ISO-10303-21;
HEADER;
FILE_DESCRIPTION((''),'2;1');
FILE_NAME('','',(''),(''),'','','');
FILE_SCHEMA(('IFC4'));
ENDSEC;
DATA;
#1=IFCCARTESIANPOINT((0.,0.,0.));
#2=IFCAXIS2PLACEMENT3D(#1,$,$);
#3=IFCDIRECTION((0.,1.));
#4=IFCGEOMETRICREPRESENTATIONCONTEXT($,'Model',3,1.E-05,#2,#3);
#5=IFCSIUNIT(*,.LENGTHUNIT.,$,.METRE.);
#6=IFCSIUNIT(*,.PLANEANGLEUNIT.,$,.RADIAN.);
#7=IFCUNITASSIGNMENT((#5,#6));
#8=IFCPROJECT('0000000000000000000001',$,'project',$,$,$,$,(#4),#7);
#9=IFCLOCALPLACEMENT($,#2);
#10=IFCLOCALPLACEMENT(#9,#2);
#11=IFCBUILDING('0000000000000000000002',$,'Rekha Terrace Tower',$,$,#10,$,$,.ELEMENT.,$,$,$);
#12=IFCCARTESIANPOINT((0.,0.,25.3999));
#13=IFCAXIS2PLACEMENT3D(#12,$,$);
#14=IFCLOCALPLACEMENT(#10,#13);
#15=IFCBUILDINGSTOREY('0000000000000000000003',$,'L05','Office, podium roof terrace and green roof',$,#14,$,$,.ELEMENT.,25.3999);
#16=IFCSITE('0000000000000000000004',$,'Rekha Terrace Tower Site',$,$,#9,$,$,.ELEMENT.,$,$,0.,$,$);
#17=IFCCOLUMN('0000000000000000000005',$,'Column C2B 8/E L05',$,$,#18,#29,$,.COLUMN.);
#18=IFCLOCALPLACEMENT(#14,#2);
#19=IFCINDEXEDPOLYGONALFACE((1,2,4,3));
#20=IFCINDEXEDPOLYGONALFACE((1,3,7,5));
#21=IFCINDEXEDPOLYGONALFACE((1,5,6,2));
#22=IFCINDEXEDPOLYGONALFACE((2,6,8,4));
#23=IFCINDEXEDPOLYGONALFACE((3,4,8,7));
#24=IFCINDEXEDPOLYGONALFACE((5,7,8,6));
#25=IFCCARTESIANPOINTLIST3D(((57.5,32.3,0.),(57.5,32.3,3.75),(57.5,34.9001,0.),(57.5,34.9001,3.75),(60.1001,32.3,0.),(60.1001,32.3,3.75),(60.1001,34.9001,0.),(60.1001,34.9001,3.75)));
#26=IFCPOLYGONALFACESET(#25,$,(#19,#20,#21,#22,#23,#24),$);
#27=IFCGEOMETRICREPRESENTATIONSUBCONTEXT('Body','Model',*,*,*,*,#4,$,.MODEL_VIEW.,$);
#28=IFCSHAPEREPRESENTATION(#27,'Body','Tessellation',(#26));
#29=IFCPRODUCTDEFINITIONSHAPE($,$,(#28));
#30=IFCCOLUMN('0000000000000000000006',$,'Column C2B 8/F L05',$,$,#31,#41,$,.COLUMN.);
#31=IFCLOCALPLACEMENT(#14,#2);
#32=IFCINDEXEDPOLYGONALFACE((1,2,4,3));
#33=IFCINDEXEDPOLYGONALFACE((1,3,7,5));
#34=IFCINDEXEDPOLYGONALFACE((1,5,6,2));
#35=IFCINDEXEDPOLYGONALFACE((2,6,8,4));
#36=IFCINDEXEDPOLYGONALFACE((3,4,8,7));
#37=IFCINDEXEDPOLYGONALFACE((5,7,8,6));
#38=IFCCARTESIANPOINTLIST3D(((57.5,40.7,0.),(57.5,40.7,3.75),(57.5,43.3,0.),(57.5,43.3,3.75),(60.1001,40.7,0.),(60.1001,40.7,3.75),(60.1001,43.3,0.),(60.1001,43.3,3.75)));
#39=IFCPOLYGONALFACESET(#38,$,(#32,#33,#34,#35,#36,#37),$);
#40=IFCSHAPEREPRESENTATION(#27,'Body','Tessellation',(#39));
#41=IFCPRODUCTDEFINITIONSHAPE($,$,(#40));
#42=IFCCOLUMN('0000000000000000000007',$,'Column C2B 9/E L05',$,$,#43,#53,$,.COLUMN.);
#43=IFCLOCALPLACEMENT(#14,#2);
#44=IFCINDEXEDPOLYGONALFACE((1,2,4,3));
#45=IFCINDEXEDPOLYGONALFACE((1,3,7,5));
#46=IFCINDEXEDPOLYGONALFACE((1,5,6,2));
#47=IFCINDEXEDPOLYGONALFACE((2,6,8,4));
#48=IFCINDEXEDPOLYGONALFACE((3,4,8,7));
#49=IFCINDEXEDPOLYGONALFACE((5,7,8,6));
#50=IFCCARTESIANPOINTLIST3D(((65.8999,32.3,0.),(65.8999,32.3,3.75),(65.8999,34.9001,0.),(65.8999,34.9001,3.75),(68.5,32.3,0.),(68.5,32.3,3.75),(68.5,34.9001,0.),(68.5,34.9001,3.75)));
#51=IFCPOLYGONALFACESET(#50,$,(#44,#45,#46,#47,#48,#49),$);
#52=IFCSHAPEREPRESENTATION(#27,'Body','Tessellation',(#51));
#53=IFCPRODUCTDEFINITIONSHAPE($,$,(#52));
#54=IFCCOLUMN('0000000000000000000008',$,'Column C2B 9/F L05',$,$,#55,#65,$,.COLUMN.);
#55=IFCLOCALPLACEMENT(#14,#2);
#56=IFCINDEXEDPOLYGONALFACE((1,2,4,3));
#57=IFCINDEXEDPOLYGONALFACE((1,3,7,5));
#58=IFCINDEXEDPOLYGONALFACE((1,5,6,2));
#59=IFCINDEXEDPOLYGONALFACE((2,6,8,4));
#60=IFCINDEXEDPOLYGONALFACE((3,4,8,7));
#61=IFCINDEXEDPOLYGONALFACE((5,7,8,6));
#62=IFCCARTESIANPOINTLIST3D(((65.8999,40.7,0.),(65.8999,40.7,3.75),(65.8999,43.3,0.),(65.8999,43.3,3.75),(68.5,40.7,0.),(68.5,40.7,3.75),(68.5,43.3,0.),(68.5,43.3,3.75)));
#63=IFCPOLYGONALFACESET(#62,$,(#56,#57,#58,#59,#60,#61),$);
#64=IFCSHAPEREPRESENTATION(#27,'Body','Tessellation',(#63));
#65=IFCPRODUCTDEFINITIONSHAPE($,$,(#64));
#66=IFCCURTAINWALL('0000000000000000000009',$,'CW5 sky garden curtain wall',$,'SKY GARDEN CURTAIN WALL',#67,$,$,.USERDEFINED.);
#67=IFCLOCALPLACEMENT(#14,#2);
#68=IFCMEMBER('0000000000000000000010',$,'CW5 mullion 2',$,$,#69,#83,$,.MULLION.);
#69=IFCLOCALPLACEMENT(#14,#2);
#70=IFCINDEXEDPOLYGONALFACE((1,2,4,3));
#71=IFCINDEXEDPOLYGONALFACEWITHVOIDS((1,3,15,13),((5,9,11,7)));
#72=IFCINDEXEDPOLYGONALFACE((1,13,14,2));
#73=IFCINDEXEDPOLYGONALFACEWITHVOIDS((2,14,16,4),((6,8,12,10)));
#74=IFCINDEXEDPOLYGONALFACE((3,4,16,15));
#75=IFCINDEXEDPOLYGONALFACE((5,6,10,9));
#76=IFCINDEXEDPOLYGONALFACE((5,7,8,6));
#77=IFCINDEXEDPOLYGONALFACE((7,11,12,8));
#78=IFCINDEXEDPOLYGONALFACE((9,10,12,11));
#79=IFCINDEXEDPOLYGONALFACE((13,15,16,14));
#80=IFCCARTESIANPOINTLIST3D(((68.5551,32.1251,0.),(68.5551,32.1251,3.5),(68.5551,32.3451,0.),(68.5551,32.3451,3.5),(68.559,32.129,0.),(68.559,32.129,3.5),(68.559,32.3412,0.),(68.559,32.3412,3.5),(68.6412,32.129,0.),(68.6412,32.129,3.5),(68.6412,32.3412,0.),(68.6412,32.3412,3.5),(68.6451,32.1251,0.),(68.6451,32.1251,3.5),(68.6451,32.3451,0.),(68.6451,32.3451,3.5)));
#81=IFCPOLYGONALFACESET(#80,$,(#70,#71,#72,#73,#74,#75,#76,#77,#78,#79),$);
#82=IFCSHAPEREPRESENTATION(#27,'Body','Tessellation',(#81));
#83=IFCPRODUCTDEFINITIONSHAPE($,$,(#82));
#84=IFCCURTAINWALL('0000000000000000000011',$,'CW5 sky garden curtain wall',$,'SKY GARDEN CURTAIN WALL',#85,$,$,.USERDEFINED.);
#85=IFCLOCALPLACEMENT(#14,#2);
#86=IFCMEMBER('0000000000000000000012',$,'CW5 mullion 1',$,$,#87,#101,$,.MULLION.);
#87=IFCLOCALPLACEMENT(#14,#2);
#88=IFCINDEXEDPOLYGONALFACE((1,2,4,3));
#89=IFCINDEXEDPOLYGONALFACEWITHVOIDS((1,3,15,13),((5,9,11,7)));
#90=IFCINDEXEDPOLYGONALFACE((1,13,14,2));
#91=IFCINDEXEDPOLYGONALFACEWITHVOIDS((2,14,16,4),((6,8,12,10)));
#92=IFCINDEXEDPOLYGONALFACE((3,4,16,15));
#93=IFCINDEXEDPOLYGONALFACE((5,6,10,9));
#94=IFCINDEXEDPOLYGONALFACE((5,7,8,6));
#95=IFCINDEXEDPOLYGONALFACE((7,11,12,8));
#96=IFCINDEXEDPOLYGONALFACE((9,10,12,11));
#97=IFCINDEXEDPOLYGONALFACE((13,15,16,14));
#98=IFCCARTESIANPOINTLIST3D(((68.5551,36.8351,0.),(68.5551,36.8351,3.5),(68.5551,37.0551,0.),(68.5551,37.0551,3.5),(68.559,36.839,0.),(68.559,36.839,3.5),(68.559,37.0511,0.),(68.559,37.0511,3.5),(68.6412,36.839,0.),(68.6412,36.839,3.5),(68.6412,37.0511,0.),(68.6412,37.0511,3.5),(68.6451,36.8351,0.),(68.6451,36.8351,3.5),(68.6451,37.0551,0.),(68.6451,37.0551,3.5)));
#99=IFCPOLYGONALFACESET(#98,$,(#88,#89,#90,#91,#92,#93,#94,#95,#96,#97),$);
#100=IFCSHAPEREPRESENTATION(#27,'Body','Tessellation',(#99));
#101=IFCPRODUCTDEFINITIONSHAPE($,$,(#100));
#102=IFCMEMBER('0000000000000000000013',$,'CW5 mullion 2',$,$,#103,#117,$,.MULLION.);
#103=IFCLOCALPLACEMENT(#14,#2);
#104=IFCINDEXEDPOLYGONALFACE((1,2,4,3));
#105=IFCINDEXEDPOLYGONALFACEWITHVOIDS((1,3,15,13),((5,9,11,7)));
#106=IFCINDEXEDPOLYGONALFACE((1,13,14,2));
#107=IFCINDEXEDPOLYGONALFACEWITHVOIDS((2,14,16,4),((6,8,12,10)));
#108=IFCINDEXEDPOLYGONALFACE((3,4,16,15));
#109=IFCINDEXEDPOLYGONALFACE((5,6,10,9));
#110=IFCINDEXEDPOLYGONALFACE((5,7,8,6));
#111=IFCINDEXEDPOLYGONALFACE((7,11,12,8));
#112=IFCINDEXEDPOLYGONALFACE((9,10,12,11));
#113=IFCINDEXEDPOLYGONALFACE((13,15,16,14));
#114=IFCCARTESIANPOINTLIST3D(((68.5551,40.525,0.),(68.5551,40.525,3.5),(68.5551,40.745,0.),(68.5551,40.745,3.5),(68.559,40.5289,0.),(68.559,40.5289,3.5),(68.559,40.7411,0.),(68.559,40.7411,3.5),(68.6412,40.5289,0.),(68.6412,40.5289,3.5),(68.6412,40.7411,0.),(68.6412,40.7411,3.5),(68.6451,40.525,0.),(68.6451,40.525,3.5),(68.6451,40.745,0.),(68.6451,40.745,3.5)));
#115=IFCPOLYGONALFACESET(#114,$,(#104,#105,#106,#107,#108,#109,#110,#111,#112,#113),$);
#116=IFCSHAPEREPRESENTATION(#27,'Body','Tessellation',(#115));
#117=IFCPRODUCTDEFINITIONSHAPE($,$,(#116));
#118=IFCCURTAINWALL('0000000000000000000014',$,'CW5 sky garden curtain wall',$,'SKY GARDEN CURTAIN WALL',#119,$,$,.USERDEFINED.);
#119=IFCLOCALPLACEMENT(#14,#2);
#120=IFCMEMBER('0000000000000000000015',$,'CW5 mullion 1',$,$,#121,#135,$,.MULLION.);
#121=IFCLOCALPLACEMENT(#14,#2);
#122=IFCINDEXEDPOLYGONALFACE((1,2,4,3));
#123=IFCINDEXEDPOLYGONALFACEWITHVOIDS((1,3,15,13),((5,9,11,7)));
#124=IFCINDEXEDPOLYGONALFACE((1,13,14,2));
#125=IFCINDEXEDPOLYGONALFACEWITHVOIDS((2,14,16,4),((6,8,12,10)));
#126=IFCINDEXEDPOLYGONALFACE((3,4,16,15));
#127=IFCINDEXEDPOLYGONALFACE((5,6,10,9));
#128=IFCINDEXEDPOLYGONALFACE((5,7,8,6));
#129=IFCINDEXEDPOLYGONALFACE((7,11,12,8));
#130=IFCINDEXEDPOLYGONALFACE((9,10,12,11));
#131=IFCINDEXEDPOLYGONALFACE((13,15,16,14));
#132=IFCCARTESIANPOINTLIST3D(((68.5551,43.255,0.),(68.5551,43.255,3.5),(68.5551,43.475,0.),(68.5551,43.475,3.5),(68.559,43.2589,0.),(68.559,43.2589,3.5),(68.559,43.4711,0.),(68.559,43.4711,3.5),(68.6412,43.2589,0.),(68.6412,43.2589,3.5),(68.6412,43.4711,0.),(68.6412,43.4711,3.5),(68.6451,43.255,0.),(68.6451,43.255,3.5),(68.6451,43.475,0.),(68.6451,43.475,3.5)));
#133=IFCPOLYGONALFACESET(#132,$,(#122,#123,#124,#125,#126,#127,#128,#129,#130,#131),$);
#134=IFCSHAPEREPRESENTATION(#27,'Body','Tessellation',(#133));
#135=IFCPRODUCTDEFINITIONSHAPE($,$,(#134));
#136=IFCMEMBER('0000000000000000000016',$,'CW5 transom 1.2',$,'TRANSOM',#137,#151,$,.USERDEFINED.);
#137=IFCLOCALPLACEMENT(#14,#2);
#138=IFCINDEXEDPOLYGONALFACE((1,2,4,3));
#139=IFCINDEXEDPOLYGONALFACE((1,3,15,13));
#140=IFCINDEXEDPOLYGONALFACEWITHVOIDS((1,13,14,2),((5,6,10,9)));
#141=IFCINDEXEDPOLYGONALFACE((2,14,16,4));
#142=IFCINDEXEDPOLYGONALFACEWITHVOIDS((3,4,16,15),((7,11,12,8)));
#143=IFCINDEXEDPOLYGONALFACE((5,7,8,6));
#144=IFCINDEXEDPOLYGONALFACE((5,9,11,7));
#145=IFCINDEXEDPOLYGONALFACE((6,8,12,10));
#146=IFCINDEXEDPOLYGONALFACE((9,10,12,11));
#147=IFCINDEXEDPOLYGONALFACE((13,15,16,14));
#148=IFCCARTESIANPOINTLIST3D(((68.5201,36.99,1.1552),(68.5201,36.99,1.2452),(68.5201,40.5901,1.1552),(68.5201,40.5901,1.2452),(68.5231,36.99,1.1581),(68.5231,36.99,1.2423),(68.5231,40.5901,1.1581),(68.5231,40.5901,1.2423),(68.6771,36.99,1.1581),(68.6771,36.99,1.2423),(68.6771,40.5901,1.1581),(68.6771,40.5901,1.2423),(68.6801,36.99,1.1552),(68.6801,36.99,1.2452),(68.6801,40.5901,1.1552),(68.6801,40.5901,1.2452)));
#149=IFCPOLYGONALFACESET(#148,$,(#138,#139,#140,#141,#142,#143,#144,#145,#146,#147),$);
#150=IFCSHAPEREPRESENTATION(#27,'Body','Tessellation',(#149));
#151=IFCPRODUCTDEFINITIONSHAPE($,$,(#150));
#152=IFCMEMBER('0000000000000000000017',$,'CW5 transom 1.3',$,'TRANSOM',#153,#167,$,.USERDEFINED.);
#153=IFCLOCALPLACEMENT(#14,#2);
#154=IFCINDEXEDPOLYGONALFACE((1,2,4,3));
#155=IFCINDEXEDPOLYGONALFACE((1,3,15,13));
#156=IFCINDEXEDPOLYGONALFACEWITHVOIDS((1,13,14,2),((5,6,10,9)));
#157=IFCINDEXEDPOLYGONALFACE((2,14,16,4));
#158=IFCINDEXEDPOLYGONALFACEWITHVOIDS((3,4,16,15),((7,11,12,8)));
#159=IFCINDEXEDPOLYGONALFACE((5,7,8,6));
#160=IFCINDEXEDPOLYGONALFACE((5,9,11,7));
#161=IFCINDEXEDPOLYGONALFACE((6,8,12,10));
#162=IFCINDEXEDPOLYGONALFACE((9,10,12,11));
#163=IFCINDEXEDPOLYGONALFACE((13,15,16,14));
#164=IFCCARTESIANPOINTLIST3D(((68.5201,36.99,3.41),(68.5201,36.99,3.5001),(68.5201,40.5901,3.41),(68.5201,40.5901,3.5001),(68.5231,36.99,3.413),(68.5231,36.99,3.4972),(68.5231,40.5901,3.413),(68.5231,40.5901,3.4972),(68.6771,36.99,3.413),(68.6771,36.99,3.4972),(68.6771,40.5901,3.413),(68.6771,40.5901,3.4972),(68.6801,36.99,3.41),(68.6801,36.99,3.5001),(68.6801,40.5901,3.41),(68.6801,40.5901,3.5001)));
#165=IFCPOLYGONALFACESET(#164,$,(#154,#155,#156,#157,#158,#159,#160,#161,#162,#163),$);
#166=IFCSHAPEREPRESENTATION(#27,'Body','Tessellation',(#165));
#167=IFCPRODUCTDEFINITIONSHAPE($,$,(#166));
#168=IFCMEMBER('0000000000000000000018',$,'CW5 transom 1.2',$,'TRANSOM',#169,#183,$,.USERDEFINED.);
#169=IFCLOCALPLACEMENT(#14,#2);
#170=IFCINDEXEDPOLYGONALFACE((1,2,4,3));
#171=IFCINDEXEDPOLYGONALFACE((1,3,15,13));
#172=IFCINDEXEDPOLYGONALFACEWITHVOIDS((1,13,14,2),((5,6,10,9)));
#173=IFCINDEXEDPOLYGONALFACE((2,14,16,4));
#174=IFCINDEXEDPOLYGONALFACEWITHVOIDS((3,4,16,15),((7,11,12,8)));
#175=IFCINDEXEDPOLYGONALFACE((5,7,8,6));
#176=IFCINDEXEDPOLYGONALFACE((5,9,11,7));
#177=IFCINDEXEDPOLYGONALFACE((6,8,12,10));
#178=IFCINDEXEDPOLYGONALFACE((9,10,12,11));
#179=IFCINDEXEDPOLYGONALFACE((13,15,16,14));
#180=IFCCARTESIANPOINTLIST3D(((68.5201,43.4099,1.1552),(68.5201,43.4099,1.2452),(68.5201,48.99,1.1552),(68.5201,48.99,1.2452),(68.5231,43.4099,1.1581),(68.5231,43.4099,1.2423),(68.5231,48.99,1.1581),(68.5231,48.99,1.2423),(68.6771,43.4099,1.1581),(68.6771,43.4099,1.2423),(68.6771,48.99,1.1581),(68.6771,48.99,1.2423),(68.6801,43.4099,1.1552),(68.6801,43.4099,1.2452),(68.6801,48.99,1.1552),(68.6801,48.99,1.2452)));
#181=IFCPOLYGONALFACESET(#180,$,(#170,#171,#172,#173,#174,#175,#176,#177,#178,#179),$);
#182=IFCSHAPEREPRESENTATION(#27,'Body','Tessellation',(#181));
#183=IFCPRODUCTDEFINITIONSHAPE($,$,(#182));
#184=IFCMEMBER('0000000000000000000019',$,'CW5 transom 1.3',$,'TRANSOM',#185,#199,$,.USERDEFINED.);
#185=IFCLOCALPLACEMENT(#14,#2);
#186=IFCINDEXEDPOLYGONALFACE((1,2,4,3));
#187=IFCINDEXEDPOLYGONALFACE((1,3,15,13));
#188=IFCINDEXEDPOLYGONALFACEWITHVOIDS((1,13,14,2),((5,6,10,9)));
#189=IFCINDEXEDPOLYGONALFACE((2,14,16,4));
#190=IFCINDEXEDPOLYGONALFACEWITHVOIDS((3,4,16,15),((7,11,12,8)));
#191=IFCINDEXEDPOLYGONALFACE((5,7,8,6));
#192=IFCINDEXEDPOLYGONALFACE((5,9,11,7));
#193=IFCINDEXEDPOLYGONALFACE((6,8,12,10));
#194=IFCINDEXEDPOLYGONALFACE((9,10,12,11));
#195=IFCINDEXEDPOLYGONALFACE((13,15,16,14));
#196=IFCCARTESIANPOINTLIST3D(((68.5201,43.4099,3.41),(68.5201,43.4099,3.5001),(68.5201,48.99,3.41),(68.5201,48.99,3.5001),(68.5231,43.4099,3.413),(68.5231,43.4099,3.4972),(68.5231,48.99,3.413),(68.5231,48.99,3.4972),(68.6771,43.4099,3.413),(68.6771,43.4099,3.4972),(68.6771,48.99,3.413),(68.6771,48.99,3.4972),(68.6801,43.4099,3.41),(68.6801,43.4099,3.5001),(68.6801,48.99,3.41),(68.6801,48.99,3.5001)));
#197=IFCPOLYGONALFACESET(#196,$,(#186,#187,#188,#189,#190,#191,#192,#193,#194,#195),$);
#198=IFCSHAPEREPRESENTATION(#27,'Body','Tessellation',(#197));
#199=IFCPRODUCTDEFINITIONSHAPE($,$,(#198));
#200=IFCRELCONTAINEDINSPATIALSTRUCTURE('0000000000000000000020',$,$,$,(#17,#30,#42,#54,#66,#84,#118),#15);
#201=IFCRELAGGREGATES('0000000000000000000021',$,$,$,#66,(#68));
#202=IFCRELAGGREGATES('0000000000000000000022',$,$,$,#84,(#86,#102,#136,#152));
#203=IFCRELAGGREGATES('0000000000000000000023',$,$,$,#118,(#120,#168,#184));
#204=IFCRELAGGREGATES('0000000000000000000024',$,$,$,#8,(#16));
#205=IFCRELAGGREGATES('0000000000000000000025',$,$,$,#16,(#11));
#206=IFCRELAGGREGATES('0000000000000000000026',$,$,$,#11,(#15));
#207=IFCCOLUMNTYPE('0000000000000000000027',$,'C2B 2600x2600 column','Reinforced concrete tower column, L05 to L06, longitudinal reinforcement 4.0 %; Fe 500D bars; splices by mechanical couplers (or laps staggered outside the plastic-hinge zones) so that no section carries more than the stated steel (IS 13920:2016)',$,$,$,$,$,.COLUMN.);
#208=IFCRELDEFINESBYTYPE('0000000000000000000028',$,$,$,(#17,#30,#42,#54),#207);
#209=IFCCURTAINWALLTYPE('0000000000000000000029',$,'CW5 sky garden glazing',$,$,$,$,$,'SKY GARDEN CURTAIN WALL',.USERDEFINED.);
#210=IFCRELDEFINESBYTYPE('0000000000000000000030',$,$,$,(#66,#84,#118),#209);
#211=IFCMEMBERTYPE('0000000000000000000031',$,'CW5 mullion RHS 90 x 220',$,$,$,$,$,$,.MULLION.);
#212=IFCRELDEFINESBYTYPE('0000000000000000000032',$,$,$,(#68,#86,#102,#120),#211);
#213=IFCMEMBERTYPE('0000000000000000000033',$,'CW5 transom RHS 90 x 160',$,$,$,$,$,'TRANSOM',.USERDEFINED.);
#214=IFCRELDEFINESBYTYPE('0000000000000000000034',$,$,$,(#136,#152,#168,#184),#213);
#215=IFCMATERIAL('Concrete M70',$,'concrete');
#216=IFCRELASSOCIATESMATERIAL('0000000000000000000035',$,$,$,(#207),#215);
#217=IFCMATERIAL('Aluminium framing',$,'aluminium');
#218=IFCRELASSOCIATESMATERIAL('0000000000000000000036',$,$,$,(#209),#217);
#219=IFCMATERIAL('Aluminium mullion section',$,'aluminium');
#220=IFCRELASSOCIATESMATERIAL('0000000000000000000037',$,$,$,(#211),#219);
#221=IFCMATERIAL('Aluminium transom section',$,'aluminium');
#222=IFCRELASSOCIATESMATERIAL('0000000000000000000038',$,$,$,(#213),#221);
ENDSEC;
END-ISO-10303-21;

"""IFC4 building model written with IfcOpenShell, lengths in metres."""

from ifc_helpers import new_model, si_unit, direction, frame, origin, origin_2d, place, context, subcontext, project, spatial, rectangle, hollow_rectangle, extrude, material, material_profile, profile_set, type_object, element, aggregate, save


model = new_model("IFC4")

# Units and contexts
model_context = context("Model", 3, precision=1e-05, world=origin(), true_north=direction((0.0, 1.0)))
body_context = subcontext(model_context, "Body", "Model", "MODEL_VIEW")
ifc_project = project(units=[si_unit("LENGTHUNIT", "METRE"), si_unit("PLANEANGLEUNIT", "RADIAN")], contexts=[model_context])

# Site, building, storey
site_placement = place(None, origin())
site = spatial("IfcSite", under=ifc_project, at=site_placement, Name="Rekha Terrace Tower Site", CompositionType="ELEMENT", RefElevation=0.0)
building_placement = place(site_placement, origin())
building = spatial("IfcBuilding", under=site, at=building_placement, Name="Rekha Terrace Tower", CompositionType="ELEMENT")
storey_placement = place(building_placement, frame((0.0, 0.0, 25.3999)))
storey = spatial("IfcBuildingStorey", under=building, at=storey_placement, Name="L05", Description="Office, podium roof terrace and green roof", CompositionType="ELEMENT", Elevation=25.3999)

# Columns
ifc_material_1 = material(Name="Concrete M70", Category="concrete")
ifc_material_profile_1 = material_profile(ifc_material_1, rectangle(XDim=2.6001, YDim=2.6001, at=origin_2d()), Name="RC 2600x2600")
ifc_profile_set_1 = profile_set([ifc_material_profile_1], Name="Concrete M70")
column_type = type_object("IfcColumnType", Name="C2B 2600x2600 column", Description="Reinforced concrete tower column, L05 to L06, longitudinal reinforcement 4.0 %; Fe 500D bars; splices by mechanical couplers (or laps staggered outside the plastic-hinge zones) so that no section carries more than the stated steel (IS 13920:2016)", PredefinedType="COLUMN", material=ifc_profile_set_1)
for number, where, z_axis, x_axis, name in (
    (1, (58.8, 33.6001, 0.0), (0.0, 0.0, 1.0), (1.0, 0.0, 0.0), "Column C2B 8/E L05"),
    (2, (58.8, 42.0, 0.0), (0.0, 0.0, 1.0), (1.0, 0.0, 0.0), "Column C2B 8/F L05"),
    (3, (67.2, 33.6001, 0.0), (0.0, 0.0, 1.0), (1.0, 0.0, 0.0), "Column C2B 9/E L05"),
    (4, (67.2, 42.0, 0.0), (0.0, 0.0, 1.0), (1.0, 0.0, 0.0), "Column C2B 9/F L05"),
):
    element("IfcColumn", number, at=place(storey_placement, frame(where, z_axis=z_axis, x_axis=x_axis)), inside=storey, type_object=column_type, Name=name, PredefinedType="COLUMN", context=body_context, shape_type="SweptSolid", body=[
        extrude(rectangle(XDim=2.6001, YDim=2.6001, at=origin_2d()), origin(), (0.0, 0.0, 1.0), 3.75),
    ])

# Curtain wall, member
ifc_material_2 = material(Name="Aluminium framing", Category="aluminium")
curtain_wall_type = type_object("IfcCurtainWallType", Name="CW5 sky garden glazing", ElementType="SKY GARDEN CURTAIN WALL", PredefinedType="USERDEFINED", material=ifc_material_2)
curtain_wall_1_placement = place(storey_placement, origin())
curtain_wall_1 = element("IfcCurtainWall", 5, at=curtain_wall_1_placement, inside=storey, type_object=curtain_wall_type, Name="CW5 sky garden curtain wall", ObjectType="SKY GARDEN CURTAIN WALL", PredefinedType="USERDEFINED")
ifc_material_3 = material(Name="Aluminium mullion section", Category="aluminium")
ifc_material_profile_2 = material_profile(ifc_material_3, hollow_rectangle(XDim=0.0901, YDim=0.22, WallThickness=0.0039, at=origin_2d()), Name="AL RHS 90x220")
ifc_profile_set_2 = profile_set([ifc_material_profile_2], Name="Aluminium mullion section")
member_type_1 = type_object("IfcMemberType", Name="CW5 mullion RHS 90 x 220", PredefinedType="MULLION", material=ifc_profile_set_2)
member_1_placement = place(storey_placement, frame((68.6001, 32.2351, 0.0), z_axis=(0.0, 0.0, 1.0), x_axis=(-1.0, 0.0, 0.0)))
member_1 = element("IfcMember", 6, at=member_1_placement, type_object=member_type_1, Name="CW5 mullion 2", PredefinedType="MULLION", context=body_context, shape_type="SweptSolid", body=[
    extrude(hollow_rectangle(XDim=0.0901, YDim=0.22, WallThickness=0.0039, at=origin_2d()), origin(), (0.0, 0.0, 1.0), 3.5),
])

# Curtain wall, members
curtain_wall_2_placement = place(storey_placement, origin())
curtain_wall_2 = element("IfcCurtainWall", 7, at=curtain_wall_2_placement, inside=storey, type_object=curtain_wall_type, Name="CW5 sky garden curtain wall", ObjectType="SKY GARDEN CURTAIN WALL", PredefinedType="USERDEFINED")
member_2_placement = place(storey_placement, frame((68.6001, 36.9451, 0.0), z_axis=(0.0, 0.0, 1.0), x_axis=(-1.0, 0.0, 0.0)))
member_2 = element("IfcMember", 8, at=member_2_placement, type_object=member_type_1, Name="CW5 mullion 1", PredefinedType="MULLION", context=body_context, shape_type="SweptSolid", body=[
    extrude(hollow_rectangle(XDim=0.0901, YDim=0.22, WallThickness=0.0039, at=origin_2d()), origin(), (0.0, 0.0, 1.0), 3.5),
])
member_3_placement = place(storey_placement, frame((68.6001, 40.635, 0.0), z_axis=(0.0, 0.0, 1.0), x_axis=(-1.0, 0.0, 0.0)))
member_3 = element("IfcMember", 9, at=member_3_placement, type_object=member_type_1, Name="CW5 mullion 2", PredefinedType="MULLION", context=body_context, shape_type="SweptSolid", body=[
    extrude(hollow_rectangle(XDim=0.0901, YDim=0.22, WallThickness=0.0039, at=origin_2d()), origin(), (0.0, 0.0, 1.0), 3.5),
])

# Curtain wall, member
curtain_wall_3_placement = place(storey_placement, origin())
curtain_wall_3 = element("IfcCurtainWall", 10, at=curtain_wall_3_placement, inside=storey, type_object=curtain_wall_type, Name="CW5 sky garden curtain wall", ObjectType="SKY GARDEN CURTAIN WALL", PredefinedType="USERDEFINED")
member_4_placement = place(storey_placement, frame((68.6001, 43.365, 0.0), z_axis=(0.0, 0.0, 1.0), x_axis=(-1.0, 0.0, 0.0)))
member_4 = element("IfcMember", 11, at=member_4_placement, type_object=member_type_1, Name="CW5 mullion 1", PredefinedType="MULLION", context=body_context, shape_type="SweptSolid", body=[
    extrude(hollow_rectangle(XDim=0.0901, YDim=0.22, WallThickness=0.0039, at=origin_2d()), origin(), (0.0, 0.0, 1.0), 3.5),
])

# Members
ifc_material_4 = material(Name="Aluminium transom section", Category="aluminium")
ifc_material_profile_3 = material_profile(ifc_material_4, hollow_rectangle(XDim=0.1599, YDim=0.0901, WallThickness=0.0029, at=origin_2d()), Name="AL RHS 160x90")
ifc_profile_set_3 = profile_set([ifc_material_profile_3], Name="Aluminium transom section")
member_type_2 = type_object("IfcMemberType", Name="CW5 transom RHS 90 x 160", ElementType="TRANSOM", PredefinedType="USERDEFINED", material=ifc_profile_set_3)
member_5_placement = place(storey_placement, frame((68.6001, 36.99, 1.2002), z_axis=(0.0, 1.0, 0.0), x_axis=(-1.0, 0.0, 0.0)))
member_5 = element("IfcMember", 12, at=member_5_placement, type_object=member_type_2, Name="CW5 transom 1.2", ObjectType="TRANSOM", PredefinedType="USERDEFINED", context=body_context, shape_type="SweptSolid", body=[
    extrude(hollow_rectangle(XDim=0.1599, YDim=0.0901, WallThickness=0.0029, at=origin_2d()), origin(), (0.0, 0.0, 1.0), 3.6001),
])
member_6_placement = place(storey_placement, frame((68.6001, 36.99, 3.4551), z_axis=(0.0, 1.0, 0.0), x_axis=(-1.0, 0.0, 0.0)))
member_6 = element("IfcMember", 13, at=member_6_placement, type_object=member_type_2, Name="CW5 transom 1.3", ObjectType="TRANSOM", PredefinedType="USERDEFINED", context=body_context, shape_type="SweptSolid", body=[
    extrude(hollow_rectangle(XDim=0.1599, YDim=0.0901, WallThickness=0.0029, at=origin_2d()), origin(), (0.0, 0.0, 1.0), 3.6001),
])
member_7_placement = place(storey_placement, frame((68.6001, 43.4099, 1.2002), z_axis=(0.0, 1.0, 0.0), x_axis=(-1.0, 0.0, 0.0)))
member_7 = element("IfcMember", 14, at=member_7_placement, type_object=member_type_2, Name="CW5 transom 1.2", ObjectType="TRANSOM", PredefinedType="USERDEFINED", context=body_context, shape_type="SweptSolid", body=[
    extrude(hollow_rectangle(XDim=0.1599, YDim=0.0901, WallThickness=0.0029, at=origin_2d()), origin(), (0.0, 0.0, 1.0), 5.5801),
])
member_8_placement = place(storey_placement, frame((68.6001, 43.4099, 3.4551), z_axis=(0.0, 1.0, 0.0), x_axis=(-1.0, 0.0, 0.0)))
member_8 = element("IfcMember", 15, at=member_8_placement, type_object=member_type_2, Name="CW5 transom 1.3", ObjectType="TRANSOM", PredefinedType="USERDEFINED", context=body_context, shape_type="SweptSolid", body=[
    extrude(hollow_rectangle(XDim=0.1599, YDim=0.0901, WallThickness=0.0029, at=origin_2d()), origin(), (0.0, 0.0, 1.0), 5.5801),
])

aggregate(curtain_wall_1, [member_1])
aggregate(curtain_wall_2, [member_2, member_3, member_5, member_6])
aggregate(curtain_wall_3, [member_4, member_7, member_8])

save(model, "model.ifc")
